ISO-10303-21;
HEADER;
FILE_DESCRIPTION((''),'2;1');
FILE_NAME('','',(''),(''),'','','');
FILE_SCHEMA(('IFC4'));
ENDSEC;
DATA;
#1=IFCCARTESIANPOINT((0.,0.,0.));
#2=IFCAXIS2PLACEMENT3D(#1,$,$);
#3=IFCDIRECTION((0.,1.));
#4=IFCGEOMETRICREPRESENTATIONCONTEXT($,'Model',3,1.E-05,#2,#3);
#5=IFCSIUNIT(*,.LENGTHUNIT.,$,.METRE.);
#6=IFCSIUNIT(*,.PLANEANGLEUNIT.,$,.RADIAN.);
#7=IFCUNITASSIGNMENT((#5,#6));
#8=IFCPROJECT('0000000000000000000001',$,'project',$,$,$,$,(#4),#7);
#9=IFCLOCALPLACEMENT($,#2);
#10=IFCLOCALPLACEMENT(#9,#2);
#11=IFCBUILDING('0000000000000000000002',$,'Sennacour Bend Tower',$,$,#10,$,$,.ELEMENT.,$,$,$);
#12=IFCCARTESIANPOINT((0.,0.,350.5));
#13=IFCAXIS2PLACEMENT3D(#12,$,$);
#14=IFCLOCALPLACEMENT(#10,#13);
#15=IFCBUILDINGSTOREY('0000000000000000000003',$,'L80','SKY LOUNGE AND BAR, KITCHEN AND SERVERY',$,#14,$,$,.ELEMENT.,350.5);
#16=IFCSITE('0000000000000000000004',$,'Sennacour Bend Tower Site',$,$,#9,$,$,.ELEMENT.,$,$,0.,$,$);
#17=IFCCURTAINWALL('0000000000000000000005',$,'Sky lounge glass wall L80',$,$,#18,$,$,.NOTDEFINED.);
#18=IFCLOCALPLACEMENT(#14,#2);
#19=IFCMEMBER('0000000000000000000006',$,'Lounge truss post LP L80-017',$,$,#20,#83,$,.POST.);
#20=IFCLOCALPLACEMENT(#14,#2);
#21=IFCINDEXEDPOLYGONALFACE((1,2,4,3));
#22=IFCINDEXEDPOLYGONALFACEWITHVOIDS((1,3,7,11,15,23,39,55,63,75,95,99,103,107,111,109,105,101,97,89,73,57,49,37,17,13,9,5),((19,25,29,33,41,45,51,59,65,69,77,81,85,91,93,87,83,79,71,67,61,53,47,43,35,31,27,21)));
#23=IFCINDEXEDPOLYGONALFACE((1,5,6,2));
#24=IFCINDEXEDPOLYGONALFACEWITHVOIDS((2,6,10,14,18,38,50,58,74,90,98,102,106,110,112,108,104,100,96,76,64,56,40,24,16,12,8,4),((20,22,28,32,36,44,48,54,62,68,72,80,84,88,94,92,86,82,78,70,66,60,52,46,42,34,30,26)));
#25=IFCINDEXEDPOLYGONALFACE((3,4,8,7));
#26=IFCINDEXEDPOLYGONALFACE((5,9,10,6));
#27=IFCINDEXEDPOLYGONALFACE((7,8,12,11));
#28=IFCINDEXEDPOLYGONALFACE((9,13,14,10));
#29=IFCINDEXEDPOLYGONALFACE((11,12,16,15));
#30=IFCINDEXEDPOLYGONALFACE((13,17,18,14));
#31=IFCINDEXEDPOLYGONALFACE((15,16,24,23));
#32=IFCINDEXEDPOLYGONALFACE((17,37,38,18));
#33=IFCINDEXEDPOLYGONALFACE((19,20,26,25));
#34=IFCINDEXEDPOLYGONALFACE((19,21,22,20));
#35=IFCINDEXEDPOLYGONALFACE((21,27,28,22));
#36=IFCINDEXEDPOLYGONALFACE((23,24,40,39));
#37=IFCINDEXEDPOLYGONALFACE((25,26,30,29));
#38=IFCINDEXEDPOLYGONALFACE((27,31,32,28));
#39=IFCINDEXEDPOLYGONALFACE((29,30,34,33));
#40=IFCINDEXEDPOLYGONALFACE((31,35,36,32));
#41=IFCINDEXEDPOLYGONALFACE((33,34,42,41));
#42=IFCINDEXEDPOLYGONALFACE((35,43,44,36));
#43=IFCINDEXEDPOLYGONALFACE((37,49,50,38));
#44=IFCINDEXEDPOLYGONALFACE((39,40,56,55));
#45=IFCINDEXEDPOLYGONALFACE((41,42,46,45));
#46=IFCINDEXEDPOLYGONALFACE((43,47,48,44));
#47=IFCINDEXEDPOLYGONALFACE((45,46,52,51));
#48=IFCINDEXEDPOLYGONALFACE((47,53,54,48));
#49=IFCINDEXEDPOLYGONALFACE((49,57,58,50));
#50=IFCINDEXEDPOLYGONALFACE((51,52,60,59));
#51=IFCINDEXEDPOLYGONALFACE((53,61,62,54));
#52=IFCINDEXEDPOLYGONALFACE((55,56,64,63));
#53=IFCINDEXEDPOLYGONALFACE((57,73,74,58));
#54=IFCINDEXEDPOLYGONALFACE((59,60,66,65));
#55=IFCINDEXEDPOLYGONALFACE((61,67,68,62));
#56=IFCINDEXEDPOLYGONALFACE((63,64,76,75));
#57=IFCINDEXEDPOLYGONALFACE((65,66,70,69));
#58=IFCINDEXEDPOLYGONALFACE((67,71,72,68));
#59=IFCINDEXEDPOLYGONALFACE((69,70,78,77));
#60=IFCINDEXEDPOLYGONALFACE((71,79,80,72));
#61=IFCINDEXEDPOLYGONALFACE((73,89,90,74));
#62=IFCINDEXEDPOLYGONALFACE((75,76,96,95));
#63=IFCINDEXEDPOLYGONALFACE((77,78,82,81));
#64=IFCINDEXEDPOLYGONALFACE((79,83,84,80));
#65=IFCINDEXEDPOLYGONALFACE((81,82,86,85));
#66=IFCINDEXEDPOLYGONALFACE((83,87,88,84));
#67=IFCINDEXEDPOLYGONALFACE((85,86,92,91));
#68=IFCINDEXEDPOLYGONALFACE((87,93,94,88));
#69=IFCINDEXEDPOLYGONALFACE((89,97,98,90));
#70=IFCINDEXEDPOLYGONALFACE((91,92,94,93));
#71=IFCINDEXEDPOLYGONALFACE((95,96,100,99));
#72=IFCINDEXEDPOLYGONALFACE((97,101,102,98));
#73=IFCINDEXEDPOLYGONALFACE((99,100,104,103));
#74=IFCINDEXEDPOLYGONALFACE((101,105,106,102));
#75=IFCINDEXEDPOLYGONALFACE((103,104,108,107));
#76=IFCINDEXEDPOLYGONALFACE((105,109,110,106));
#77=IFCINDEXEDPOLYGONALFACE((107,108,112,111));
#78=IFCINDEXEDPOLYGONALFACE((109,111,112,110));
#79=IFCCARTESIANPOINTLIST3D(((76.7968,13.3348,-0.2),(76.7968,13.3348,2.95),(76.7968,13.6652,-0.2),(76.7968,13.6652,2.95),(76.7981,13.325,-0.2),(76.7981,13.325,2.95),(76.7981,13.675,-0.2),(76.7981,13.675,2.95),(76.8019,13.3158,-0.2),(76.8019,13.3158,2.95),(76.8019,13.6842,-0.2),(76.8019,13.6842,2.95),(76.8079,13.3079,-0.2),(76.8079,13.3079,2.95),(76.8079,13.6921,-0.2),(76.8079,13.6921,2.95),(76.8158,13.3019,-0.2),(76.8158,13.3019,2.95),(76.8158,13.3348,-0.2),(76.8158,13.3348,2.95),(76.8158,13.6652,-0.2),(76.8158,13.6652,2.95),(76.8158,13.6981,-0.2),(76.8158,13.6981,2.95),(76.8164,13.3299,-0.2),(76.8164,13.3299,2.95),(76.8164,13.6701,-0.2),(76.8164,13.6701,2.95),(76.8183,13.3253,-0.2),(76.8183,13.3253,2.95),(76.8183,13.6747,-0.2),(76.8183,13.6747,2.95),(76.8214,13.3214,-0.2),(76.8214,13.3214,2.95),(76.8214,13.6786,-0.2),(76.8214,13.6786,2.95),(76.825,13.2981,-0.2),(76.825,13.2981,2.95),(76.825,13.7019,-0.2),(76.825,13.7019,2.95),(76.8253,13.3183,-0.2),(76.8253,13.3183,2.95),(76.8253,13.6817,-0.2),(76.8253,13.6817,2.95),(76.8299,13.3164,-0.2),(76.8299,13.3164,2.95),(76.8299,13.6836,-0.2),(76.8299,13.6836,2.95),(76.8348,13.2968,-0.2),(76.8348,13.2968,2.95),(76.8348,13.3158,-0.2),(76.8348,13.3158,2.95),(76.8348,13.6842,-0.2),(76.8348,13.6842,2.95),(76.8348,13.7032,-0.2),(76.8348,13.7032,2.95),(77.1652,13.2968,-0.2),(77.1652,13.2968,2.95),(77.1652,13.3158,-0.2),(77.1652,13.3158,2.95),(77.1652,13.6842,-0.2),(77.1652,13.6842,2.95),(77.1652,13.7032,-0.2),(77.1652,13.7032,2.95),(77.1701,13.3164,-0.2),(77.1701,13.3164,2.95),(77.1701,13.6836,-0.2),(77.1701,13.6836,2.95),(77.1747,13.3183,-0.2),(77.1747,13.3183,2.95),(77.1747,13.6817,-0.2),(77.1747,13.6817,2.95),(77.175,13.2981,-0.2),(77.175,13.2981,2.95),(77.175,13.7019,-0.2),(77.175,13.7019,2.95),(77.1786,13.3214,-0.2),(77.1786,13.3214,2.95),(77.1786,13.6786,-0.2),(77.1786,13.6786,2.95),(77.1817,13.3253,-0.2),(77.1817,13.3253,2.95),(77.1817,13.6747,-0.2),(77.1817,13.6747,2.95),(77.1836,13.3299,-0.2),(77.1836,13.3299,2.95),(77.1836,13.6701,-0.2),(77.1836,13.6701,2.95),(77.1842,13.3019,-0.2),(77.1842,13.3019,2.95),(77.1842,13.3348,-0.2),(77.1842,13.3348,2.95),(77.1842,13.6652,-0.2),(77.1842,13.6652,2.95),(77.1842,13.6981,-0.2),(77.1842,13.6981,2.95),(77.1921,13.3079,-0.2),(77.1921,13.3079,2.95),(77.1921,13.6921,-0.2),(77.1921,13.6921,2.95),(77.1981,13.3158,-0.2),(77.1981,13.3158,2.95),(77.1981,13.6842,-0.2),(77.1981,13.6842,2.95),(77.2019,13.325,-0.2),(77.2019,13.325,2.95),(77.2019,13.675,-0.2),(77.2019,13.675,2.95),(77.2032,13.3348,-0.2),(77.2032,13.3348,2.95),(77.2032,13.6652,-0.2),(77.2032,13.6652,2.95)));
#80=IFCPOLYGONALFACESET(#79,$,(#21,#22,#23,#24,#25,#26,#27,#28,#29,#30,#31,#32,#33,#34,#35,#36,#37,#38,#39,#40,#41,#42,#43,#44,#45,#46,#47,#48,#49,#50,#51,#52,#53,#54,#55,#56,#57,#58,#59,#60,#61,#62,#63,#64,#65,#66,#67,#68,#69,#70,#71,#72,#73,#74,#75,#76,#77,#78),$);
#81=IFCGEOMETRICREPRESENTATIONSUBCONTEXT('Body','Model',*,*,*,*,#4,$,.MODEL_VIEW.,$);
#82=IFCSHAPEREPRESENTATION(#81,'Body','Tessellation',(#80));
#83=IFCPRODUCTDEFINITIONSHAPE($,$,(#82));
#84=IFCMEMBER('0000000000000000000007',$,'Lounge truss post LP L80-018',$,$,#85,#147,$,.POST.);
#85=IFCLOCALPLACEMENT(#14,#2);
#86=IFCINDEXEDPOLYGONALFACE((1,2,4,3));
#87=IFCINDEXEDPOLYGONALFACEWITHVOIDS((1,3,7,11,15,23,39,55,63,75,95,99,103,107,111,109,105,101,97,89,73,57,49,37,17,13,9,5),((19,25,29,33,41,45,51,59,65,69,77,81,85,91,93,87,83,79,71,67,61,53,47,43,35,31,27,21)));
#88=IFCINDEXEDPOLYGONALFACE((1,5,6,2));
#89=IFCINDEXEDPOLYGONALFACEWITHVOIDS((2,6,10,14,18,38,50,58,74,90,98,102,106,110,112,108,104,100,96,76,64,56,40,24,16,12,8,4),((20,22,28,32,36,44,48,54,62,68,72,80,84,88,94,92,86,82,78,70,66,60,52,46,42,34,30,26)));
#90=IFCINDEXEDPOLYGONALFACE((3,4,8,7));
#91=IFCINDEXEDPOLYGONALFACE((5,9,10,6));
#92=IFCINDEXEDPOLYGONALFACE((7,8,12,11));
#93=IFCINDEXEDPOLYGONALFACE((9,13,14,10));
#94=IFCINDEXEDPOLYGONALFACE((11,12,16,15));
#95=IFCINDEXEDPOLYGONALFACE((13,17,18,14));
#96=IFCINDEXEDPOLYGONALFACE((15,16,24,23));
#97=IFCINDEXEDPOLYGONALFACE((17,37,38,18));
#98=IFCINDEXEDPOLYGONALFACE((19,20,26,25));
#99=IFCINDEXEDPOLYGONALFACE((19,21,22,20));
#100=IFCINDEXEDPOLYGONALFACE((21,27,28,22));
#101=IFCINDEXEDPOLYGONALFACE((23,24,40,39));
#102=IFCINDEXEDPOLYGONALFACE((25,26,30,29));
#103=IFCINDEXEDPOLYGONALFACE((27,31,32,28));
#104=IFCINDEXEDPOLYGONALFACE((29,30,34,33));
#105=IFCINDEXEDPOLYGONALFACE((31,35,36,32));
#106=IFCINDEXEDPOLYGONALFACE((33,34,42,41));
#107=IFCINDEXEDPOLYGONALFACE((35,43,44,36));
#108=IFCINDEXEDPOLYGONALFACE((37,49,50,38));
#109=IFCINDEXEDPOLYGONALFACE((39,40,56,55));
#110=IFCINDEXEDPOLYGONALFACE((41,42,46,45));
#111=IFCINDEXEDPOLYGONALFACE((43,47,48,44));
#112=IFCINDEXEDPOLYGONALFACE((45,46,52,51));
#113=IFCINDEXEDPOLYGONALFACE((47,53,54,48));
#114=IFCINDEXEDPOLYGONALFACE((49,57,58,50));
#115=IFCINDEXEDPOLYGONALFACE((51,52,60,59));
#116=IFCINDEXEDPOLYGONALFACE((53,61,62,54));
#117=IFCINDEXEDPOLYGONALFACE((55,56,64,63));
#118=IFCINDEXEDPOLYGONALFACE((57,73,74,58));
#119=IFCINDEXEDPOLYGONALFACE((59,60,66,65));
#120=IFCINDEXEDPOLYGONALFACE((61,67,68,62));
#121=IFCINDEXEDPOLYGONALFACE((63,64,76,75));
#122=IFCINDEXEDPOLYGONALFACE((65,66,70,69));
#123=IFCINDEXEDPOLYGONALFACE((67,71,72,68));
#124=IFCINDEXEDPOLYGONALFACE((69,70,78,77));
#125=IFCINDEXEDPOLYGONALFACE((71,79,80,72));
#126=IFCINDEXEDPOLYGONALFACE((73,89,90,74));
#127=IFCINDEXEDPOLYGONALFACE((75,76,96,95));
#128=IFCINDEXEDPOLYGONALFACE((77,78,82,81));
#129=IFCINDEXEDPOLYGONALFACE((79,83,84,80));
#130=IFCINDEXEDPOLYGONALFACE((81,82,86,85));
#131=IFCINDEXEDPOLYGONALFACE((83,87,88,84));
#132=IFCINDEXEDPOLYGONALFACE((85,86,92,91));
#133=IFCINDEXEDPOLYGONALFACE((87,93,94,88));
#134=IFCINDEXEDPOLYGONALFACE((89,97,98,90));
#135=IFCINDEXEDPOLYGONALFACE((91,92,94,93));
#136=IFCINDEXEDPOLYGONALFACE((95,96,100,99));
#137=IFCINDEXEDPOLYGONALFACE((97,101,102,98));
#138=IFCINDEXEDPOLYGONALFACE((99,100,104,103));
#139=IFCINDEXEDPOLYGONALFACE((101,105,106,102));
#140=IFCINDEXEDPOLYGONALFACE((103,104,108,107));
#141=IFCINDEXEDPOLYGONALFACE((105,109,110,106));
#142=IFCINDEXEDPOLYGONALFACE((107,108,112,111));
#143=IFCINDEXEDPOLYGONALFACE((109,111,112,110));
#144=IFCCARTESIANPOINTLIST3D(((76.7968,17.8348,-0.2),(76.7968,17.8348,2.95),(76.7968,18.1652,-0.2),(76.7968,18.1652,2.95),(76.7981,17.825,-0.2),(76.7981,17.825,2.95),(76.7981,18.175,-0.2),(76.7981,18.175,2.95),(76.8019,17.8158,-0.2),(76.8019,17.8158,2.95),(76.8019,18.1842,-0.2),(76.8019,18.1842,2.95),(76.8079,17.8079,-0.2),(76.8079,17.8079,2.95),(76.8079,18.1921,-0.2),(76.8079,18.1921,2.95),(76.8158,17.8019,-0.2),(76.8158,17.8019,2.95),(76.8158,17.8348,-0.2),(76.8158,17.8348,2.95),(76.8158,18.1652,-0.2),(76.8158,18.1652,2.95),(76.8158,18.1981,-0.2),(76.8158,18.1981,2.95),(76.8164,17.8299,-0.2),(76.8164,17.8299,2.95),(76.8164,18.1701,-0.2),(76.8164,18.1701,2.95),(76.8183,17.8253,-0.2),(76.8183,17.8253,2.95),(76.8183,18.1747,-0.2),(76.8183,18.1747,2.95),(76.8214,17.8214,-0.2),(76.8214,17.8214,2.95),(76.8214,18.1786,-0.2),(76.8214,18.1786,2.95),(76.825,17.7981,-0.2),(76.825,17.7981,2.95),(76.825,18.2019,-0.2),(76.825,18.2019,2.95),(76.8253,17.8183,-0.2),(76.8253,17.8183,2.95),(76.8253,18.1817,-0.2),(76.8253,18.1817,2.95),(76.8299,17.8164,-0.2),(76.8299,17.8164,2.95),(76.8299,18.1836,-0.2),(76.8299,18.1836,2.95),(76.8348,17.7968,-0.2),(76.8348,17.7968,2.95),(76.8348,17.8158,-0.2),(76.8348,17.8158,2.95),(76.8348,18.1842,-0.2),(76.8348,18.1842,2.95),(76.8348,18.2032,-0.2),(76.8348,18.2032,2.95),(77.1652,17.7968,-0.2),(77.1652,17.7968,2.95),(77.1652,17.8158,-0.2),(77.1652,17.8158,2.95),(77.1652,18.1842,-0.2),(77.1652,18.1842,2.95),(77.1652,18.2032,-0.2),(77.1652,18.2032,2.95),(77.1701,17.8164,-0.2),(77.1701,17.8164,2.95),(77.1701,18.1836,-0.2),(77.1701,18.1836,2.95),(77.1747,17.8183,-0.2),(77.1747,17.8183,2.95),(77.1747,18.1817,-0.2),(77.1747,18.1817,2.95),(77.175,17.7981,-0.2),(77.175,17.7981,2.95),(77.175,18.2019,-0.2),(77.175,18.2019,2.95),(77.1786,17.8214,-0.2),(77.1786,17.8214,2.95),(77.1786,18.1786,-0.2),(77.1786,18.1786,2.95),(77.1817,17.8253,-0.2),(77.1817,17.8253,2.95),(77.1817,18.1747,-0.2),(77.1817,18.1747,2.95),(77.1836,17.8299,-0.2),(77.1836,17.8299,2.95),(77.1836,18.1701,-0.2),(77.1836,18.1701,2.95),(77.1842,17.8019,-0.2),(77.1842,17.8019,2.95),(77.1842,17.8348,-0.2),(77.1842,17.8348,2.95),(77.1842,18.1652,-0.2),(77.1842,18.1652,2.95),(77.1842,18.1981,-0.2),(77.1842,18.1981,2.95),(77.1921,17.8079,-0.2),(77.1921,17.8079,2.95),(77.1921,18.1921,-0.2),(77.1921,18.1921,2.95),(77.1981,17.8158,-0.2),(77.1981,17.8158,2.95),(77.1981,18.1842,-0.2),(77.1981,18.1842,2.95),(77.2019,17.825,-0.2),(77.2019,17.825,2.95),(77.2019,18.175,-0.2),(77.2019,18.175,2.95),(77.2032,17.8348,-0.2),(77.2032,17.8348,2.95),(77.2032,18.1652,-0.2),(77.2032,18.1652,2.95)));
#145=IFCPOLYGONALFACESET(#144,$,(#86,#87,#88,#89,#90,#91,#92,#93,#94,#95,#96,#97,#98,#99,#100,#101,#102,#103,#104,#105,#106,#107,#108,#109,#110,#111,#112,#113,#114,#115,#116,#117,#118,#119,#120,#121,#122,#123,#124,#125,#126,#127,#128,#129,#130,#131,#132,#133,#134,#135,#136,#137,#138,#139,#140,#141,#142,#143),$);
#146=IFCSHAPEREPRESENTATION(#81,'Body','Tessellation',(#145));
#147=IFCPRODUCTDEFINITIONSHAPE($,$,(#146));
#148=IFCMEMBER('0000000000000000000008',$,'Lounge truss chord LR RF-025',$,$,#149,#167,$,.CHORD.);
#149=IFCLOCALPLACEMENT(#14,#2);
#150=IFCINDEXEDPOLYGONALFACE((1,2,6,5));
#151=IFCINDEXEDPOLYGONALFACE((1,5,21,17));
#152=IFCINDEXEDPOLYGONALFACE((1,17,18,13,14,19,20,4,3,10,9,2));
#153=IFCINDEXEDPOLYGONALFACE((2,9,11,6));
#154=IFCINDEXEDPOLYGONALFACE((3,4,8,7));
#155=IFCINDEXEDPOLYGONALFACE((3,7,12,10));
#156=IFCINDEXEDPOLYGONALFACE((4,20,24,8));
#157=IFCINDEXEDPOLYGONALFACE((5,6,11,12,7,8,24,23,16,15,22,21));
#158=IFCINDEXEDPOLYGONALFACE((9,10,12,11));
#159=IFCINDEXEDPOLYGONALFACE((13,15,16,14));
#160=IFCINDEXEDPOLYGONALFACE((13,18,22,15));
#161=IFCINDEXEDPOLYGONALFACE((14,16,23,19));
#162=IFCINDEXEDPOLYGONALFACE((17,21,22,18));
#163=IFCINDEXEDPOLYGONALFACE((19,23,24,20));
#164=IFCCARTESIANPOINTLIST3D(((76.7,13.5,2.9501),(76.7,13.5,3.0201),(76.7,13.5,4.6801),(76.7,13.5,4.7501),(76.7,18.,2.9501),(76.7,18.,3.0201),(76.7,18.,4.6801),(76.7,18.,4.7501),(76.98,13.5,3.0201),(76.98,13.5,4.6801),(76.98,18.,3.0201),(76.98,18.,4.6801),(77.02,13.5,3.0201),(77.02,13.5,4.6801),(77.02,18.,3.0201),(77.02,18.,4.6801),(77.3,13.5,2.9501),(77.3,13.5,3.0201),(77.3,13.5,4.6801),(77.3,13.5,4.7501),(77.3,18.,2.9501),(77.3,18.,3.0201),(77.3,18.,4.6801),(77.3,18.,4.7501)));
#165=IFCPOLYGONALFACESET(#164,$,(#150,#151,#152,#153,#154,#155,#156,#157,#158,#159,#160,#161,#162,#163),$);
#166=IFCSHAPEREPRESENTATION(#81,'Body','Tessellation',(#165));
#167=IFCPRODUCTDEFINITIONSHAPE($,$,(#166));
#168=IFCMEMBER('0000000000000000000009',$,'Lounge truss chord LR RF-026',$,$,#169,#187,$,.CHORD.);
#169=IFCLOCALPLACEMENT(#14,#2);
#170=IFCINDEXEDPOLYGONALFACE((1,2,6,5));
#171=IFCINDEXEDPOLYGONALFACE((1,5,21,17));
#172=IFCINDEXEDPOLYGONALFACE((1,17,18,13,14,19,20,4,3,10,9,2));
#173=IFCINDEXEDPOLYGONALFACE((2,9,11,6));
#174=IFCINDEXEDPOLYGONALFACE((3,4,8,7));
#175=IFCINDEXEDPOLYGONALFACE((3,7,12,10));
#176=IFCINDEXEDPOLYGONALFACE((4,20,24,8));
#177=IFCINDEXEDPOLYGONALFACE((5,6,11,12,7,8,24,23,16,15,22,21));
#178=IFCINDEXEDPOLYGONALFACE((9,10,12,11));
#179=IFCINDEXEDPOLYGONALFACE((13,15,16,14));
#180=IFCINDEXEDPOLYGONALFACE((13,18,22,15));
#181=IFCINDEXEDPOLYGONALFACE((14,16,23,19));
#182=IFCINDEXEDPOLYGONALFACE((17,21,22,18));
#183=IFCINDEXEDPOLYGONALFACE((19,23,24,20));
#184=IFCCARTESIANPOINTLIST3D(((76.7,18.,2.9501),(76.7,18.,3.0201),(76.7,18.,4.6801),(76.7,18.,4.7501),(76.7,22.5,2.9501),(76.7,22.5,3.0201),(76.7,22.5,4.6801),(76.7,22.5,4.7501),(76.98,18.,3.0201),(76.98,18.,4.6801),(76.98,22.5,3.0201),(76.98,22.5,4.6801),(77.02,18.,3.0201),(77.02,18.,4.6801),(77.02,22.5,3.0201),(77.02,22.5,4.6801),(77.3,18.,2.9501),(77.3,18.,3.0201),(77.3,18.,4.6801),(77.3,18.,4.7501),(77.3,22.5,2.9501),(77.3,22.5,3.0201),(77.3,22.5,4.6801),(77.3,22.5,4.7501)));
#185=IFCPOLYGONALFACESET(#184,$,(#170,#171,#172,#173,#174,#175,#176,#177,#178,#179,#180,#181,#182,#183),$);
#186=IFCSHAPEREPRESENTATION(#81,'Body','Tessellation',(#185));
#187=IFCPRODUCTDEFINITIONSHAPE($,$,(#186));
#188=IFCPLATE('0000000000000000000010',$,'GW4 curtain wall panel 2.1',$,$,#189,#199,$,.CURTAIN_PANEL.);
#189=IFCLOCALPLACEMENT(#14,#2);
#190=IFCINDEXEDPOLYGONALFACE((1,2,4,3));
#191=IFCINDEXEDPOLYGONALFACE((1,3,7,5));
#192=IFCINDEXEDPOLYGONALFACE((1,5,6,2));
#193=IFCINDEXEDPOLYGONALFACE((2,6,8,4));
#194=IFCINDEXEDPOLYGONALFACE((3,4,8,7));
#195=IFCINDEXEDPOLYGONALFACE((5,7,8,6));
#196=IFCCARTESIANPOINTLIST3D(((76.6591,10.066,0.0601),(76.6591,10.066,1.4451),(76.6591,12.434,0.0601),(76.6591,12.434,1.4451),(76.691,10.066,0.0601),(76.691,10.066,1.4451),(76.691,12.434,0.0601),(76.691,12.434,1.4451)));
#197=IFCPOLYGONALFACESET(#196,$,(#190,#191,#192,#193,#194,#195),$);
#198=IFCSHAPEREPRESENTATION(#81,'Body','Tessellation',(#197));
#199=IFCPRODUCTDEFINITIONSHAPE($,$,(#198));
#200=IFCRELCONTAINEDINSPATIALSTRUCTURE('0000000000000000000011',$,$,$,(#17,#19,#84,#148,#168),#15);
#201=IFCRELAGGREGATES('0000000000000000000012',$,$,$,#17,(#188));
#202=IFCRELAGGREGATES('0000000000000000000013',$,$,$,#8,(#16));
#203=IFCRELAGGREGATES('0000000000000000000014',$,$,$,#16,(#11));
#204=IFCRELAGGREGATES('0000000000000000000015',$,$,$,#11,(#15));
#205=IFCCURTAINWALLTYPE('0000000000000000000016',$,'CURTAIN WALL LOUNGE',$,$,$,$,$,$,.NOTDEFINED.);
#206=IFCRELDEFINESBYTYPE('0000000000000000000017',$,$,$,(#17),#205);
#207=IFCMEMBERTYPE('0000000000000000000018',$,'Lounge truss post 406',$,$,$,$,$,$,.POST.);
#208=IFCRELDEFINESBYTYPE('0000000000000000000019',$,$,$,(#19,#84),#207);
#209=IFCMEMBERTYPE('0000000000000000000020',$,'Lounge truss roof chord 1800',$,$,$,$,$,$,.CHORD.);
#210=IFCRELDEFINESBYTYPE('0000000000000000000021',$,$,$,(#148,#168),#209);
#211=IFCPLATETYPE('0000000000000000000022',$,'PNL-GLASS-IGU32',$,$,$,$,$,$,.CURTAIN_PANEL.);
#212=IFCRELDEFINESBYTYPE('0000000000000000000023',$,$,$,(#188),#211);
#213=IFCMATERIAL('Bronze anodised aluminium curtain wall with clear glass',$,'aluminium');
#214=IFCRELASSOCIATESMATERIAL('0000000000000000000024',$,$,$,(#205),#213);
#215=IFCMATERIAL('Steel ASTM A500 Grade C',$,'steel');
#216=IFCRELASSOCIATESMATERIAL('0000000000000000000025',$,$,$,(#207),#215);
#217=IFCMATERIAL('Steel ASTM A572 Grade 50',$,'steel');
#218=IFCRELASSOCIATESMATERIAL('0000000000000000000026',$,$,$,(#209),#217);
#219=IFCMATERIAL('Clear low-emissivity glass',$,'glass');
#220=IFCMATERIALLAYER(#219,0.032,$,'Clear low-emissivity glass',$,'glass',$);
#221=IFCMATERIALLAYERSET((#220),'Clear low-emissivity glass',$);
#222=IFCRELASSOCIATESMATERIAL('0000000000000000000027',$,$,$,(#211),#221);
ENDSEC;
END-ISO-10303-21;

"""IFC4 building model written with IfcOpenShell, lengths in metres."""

from ifc_helpers import new_model, si_unit, direction, frame, origin, origin_2d, place, context, subcontext, project, spatial, rectangle, hollow_rectangle, i_section, extrude, material, layer, layer_set, material_profile, profile_set, type_object, element, aggregate, save


model = new_model("IFC4")

# Units and contexts
model_context = context("Model", 3, precision=1e-05, world=origin(), true_north=direction((0.0, 1.0)))
body_context = subcontext(model_context, "Body", "Model", "MODEL_VIEW")
ifc_project = project(units=[si_unit("LENGTHUNIT", "METRE"), si_unit("PLANEANGLEUNIT", "RADIAN")], contexts=[model_context])

# Site, building, storey
site_placement = place(None, origin())
site = spatial("IfcSite", under=ifc_project, at=site_placement, Name="Sennacour Bend Tower Site", CompositionType="ELEMENT", RefElevation=0.0)
building_placement = place(site_placement, origin())
building = spatial("IfcBuilding", under=site, at=building_placement, Name="Sennacour Bend Tower", CompositionType="ELEMENT")
storey_placement = place(building_placement, frame((0.0, 0.0, 350.5)))
storey = spatial("IfcBuildingStorey", under=building, at=storey_placement, Name="L80", Description="SKY LOUNGE AND BAR, KITCHEN AND SERVERY", CompositionType="ELEMENT", Elevation=350.5)

# Curtain wall
ifc_material_1 = material(Name="Bronze anodised aluminium curtain wall with clear glass", Category="aluminium")
curtain_wall_type = type_object("IfcCurtainWallType", Name="CURTAIN WALL LOUNGE", PredefinedType="NOTDEFINED", material=ifc_material_1)
curtain_wall_1_placement = place(storey_placement, origin())
curtain_wall_1 = element("IfcCurtainWall", 1, at=curtain_wall_1_placement, inside=storey, type_object=curtain_wall_type, Name="Sky lounge glass wall L80", PredefinedType="NOTDEFINED")

# Members
ifc_material_2 = material(Name="Steel ASTM A500 Grade C", Category="steel")
ifc_material_profile_1 = material_profile(ifc_material_2, hollow_rectangle(XDim=0.4065, YDim=0.4065, WallThickness=0.019, InnerFilletRadius=0.019, OuterFilletRadius=0.0381, at=origin_2d()), Name="Steel ASTM A500 Grade C", Category="steel")
ifc_profile_set_1 = profile_set([ifc_material_profile_1], Name="Steel ASTM A500 Grade C")
member_type_1 = type_object("IfcMemberType", Name="Lounge truss post 406", PredefinedType="POST", material=ifc_profile_set_1)
for number, where, z_axis, x_axis, name in (
    (2, (77.0, 13.5, -0.2), (0.0, 0.0, 1.0), (1.0, 0.0, 0.0), "Lounge truss post LP L80-017"),
    (3, (77.0, 18.0, -0.2), (0.0, 0.0, 1.0), (1.0, 0.0, 0.0), "Lounge truss post LP L80-018"),
):
    element("IfcMember", number, at=place(storey_placement, frame(where, z_axis=z_axis, x_axis=x_axis)), inside=storey, type_object=member_type_1, Name=name, PredefinedType="POST", context=body_context, shape_type="SweptSolid", body=[
        extrude(hollow_rectangle(XDim=0.4065, YDim=0.4065, WallThickness=0.019, InnerFilletRadius=0.019, OuterFilletRadius=0.0381, at=origin_2d()), origin(), (0.0, 0.0, 1.0), 3.1499),
    ])
ifc_material_3 = material(Name="Steel ASTM A572 Grade 50", Category="steel")
ifc_material_profile_2 = material_profile(ifc_material_3, i_section(OverallWidth=0.6001, OverallDepth=1.8, WebThickness=0.04, FlangeThickness=0.0701, at=origin_2d()), Name="Steel ASTM A572 Grade 50", Category="steel")
ifc_profile_set_2 = profile_set([ifc_material_profile_2], Name="Steel ASTM A572 Grade 50")
member_type_2 = type_object("IfcMemberType", Name="Lounge truss roof chord 1800", PredefinedType="CHORD", material=ifc_profile_set_2)
for number, where, z_axis, x_axis, name in (
    (4, (77.0, 13.5, 3.8501), (0.0, 1.0, 0.0), (-1.0, 0.0, 0.0), "Lounge truss chord LR RF-025"),
    (5, (77.0, 18.0, 3.8501), (0.0, 1.0, 0.0), (-1.0, 0.0, 0.0), "Lounge truss chord LR RF-026"),
):
    element("IfcMember", number, at=place(storey_placement, frame(where, z_axis=z_axis, x_axis=x_axis)), inside=storey, type_object=member_type_2, Name=name, PredefinedType="CHORD", context=body_context, shape_type="SweptSolid", body=[
        extrude(i_section(OverallWidth=0.6001, OverallDepth=1.8, WebThickness=0.04, FlangeThickness=0.0701, at=origin_2d()), origin(), (0.0, 0.0, 1.0), 4.5),
    ])

# Plate
ifc_material_4 = material(Name="Clear low-emissivity glass", Category="glass")
ifc_layer = layer(ifc_material_4, 0.032, Name="Clear low-emissivity glass", Category="glass")
ifc_layer_set = layer_set([ifc_layer], Name="Clear low-emissivity glass")
plate_type = type_object("IfcPlateType", Name="PNL-GLASS-IGU32", PredefinedType="CURTAIN_PANEL", material=ifc_layer_set)
plate_1_placement = place(storey_placement, frame((76.675, 11.25, 0.0601), z_axis=(0.0, 0.0, 1.0), x_axis=(0.0, 1.0, 0.0)))
plate_1 = element("IfcPlate", 6, at=plate_1_placement, type_object=plate_type, Name="GW4 curtain wall panel 2.1", PredefinedType="CURTAIN_PANEL", context=body_context, shape_type="SweptSolid", body=[
    extrude(rectangle(XDim=2.3679, YDim=0.032, at=origin_2d()), origin(), (0.0, 0.0, 1.0), 1.385),
])
aggregate(curtain_wall_1, [plate_1])

save(model, "model.ifc")
